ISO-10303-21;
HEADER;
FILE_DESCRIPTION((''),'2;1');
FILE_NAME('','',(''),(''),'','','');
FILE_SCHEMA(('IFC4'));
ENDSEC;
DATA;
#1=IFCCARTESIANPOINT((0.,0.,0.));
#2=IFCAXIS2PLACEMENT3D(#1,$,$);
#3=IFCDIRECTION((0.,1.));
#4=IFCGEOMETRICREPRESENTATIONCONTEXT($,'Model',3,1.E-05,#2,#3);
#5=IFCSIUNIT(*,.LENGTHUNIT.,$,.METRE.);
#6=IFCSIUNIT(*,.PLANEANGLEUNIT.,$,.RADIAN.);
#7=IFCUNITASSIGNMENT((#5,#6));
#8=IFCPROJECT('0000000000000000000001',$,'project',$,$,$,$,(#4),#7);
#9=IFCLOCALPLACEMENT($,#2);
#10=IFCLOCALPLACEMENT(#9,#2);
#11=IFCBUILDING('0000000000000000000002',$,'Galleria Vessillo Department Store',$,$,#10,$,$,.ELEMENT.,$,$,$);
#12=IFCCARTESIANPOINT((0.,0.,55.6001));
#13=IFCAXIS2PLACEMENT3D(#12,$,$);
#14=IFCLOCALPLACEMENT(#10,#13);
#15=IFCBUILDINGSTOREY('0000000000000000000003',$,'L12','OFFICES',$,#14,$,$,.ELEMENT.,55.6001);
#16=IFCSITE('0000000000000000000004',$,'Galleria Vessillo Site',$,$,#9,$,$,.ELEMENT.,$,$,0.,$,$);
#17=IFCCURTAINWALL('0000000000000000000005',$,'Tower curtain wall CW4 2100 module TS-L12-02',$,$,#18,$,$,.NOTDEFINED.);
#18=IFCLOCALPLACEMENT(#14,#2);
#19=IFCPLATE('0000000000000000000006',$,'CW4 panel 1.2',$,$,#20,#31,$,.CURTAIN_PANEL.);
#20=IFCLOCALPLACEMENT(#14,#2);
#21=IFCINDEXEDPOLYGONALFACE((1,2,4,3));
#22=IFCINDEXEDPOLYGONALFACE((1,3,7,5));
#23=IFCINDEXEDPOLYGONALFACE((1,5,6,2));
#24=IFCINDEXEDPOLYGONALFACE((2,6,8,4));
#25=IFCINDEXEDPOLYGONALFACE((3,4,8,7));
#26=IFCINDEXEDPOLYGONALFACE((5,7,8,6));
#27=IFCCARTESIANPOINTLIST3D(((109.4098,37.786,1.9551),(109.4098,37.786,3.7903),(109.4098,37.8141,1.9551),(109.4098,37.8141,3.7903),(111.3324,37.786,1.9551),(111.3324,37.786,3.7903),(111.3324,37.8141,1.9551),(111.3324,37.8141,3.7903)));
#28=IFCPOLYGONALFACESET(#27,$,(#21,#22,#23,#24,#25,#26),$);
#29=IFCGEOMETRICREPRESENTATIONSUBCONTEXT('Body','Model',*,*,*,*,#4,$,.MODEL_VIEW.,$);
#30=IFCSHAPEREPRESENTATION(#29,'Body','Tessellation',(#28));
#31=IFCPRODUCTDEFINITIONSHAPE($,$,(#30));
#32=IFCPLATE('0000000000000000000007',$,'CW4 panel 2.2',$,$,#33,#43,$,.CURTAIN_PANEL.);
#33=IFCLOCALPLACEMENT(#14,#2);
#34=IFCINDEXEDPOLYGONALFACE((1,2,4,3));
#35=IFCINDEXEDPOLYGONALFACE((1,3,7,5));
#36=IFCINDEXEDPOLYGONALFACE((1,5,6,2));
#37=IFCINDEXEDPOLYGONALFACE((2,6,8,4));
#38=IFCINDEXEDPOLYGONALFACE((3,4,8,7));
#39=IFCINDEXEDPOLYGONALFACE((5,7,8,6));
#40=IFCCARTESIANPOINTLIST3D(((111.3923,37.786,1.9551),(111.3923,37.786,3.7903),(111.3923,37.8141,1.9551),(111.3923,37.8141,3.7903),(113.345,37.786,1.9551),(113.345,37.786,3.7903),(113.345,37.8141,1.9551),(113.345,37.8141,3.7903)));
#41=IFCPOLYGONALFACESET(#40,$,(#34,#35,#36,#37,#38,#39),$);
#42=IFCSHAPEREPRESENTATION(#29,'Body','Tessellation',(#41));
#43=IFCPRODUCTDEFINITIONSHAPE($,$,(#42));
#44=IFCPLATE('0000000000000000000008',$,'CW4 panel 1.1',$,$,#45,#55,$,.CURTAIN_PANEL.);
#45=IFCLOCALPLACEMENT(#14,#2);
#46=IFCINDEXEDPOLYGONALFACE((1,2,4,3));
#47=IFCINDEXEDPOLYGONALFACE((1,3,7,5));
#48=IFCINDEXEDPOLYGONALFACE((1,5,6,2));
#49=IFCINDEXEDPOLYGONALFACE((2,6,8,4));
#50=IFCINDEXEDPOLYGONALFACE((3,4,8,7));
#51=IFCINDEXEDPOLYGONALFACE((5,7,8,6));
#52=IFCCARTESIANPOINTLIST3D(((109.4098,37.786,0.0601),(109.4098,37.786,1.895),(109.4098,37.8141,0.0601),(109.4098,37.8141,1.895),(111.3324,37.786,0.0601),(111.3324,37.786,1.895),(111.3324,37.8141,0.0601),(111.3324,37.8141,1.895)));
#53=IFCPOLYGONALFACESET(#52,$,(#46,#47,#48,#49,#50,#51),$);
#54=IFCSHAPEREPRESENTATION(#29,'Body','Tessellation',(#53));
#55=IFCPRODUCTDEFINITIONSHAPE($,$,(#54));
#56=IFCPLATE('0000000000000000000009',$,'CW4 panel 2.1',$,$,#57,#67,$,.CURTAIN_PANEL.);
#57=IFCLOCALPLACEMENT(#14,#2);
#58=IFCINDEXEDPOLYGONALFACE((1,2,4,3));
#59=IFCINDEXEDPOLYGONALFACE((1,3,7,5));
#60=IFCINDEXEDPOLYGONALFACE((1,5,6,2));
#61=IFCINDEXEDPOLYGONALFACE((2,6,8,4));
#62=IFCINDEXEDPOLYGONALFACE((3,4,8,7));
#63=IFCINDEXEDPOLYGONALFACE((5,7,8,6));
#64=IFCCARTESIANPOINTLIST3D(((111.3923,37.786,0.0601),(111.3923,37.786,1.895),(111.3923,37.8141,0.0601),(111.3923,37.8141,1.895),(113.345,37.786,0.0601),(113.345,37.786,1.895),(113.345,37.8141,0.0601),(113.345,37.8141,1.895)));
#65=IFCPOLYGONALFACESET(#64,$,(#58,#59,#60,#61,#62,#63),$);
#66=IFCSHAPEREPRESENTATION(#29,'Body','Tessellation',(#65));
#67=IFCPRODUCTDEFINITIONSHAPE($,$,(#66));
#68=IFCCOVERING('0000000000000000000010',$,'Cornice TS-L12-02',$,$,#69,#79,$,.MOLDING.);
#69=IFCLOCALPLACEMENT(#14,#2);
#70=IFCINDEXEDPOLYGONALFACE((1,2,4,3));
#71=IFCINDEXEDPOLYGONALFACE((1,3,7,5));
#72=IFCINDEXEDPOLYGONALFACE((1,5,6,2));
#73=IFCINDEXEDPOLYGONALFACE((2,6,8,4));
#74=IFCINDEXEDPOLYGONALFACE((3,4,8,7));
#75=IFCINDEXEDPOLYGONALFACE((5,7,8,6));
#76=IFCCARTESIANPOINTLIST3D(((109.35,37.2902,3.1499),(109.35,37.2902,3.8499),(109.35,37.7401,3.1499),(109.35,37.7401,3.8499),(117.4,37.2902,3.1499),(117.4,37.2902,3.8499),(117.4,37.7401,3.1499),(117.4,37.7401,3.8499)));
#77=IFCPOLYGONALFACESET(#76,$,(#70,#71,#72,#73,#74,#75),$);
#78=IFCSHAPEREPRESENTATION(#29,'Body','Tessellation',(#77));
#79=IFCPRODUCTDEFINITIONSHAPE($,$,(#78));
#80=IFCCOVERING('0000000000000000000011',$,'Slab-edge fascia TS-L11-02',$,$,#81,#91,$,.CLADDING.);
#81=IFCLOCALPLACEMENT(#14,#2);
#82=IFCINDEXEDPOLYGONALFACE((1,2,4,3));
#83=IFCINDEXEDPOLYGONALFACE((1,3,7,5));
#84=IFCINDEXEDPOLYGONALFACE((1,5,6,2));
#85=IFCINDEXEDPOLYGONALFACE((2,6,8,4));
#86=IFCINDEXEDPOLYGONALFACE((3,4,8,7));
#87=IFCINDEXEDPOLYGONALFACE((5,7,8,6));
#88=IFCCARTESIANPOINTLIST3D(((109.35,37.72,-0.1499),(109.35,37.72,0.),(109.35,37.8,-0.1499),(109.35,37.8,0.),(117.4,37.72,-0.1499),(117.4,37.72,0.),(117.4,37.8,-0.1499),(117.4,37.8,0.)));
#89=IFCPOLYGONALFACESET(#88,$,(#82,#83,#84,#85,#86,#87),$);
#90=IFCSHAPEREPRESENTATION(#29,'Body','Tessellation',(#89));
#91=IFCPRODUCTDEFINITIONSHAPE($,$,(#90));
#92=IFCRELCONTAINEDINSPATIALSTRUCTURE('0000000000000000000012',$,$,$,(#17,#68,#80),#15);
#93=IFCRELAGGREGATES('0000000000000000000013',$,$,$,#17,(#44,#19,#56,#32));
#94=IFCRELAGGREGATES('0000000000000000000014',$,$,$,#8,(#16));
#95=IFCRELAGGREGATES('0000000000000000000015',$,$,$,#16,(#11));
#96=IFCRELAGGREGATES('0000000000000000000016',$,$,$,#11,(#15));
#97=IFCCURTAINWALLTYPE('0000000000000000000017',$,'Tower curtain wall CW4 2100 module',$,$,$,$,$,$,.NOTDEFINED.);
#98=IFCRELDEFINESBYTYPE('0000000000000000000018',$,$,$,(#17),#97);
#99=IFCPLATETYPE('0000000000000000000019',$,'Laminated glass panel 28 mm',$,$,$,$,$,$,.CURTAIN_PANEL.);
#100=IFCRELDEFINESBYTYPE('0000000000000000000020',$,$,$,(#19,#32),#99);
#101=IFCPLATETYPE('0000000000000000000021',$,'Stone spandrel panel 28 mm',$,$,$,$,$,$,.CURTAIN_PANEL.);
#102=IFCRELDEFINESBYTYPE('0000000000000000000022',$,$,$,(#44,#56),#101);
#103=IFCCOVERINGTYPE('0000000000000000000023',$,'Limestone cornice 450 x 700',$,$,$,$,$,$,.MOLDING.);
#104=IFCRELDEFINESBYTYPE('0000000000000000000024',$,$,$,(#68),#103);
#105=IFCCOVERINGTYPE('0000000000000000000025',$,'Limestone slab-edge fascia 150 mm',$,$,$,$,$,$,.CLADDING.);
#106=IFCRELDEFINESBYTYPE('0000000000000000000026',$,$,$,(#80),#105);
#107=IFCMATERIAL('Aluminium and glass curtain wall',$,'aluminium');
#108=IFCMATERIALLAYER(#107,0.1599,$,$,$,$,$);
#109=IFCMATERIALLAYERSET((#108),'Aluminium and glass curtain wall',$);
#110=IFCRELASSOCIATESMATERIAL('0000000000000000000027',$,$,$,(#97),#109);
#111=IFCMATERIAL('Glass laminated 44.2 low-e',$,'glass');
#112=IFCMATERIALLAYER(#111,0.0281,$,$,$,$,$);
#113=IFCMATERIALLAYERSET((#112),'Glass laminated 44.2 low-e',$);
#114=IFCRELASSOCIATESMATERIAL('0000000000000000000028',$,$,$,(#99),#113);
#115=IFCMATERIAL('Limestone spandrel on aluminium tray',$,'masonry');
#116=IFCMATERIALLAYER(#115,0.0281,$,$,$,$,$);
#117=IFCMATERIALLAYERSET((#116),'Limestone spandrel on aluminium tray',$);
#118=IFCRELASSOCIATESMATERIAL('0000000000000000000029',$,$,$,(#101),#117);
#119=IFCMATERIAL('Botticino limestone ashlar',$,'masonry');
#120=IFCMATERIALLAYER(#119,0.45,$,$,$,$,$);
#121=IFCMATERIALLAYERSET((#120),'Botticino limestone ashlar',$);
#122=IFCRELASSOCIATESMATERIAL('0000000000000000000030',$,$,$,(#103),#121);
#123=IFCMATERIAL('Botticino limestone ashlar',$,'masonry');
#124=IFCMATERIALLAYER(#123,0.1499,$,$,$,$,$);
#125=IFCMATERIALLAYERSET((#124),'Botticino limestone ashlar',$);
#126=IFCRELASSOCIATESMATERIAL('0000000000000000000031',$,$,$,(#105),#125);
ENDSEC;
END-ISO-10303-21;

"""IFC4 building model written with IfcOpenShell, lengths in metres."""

from ifc_helpers import new_model, si_unit, direction, frame, origin, origin_2d, place, context, subcontext, project, spatial, rectangle, extrude, material, layer, layer_set, type_object, element, aggregate, save


model = new_model("IFC4")

# Units and contexts
model_context = context("Model", 3, precision=1e-05, world=origin(), true_north=direction((0.0, 1.0)))
body_context = subcontext(model_context, "Body", "Model", "MODEL_VIEW")
ifc_project = project(units=[si_unit("LENGTHUNIT", "METRE"), si_unit("PLANEANGLEUNIT", "RADIAN")], contexts=[model_context])

# Site, building, storey
site_placement = place(None, origin())
site = spatial("IfcSite", under=ifc_project, at=site_placement, Name="Galleria Vessillo Site", CompositionType="ELEMENT", RefElevation=0.0)
building_placement = place(site_placement, origin())
building = spatial("IfcBuilding", under=site, at=building_placement, Name="Galleria Vessillo Department Store", CompositionType="ELEMENT")
storey_placement = place(building_placement, frame((0.0, 0.0, 55.6001)))
storey = spatial("IfcBuildingStorey", under=building, at=storey_placement, Name="L12", Description="OFFICES", CompositionType="ELEMENT", Elevation=55.6001)

# Curtain wall
ifc_material_1 = material(Name="Aluminium and glass curtain wall", Category="aluminium")
ifc_layer_1 = layer(ifc_material_1, 0.1599)
ifc_layer_set_1 = layer_set([ifc_layer_1], Name="Aluminium and glass curtain wall")
curtain_wall_type = type_object("IfcCurtainWallType", Name="Tower curtain wall CW4 2100 module", PredefinedType="NOTDEFINED", material=ifc_layer_set_1)
curtain_wall_placement = place(storey_placement, origin())
curtain_wall = element("IfcCurtainWall", 1, at=curtain_wall_placement, inside=storey, type_object=curtain_wall_type, Name="Tower curtain wall CW4 2100 module TS-L12-02", PredefinedType="NOTDEFINED")

# Plates
ifc_material_2 = material(Name="Glass laminated 44.2 low-e", Category="glass")
ifc_layer_2 = layer(ifc_material_2, 0.0281)
ifc_layer_set_2 = layer_set([ifc_layer_2], Name="Glass laminated 44.2 low-e")
plate_type_1 = type_object("IfcPlateType", Name="Laminated glass panel 28 mm", PredefinedType="CURTAIN_PANEL", material=ifc_layer_set_2)
plate_1_placement = place(storey_placement, frame((110.3711, 37.8, 1.9551), z_axis=(0.0, 0.0, 1.0), x_axis=(1.0, 0.0, 0.0)))
plate_1 = element("IfcPlate", 2, at=plate_1_placement, type_object=plate_type_1, Name="CW4 panel 1.2", PredefinedType="CURTAIN_PANEL", context=body_context, shape_type="SweptSolid", body=[
    extrude(rectangle(XDim=1.9226, YDim=0.0281, at=origin_2d()), origin(), (0.0, 0.0, 1.0), 1.8352),
])
plate_2_placement = place(storey_placement, frame((112.3687, 37.8, 1.9551), z_axis=(0.0, 0.0, 1.0), x_axis=(1.0, 0.0, 0.0)))
plate_2 = element("IfcPlate", 3, at=plate_2_placement, type_object=plate_type_1, Name="CW4 panel 2.2", PredefinedType="CURTAIN_PANEL", context=body_context, shape_type="SweptSolid", body=[
    extrude(rectangle(XDim=1.9526, YDim=0.0281, at=origin_2d()), origin(), (0.0, 0.0, 1.0), 1.8352),
])
ifc_material_3 = material(Name="Limestone spandrel on aluminium tray", Category="masonry")
ifc_layer_3 = layer(ifc_material_3, 0.0281)
ifc_layer_set_3 = layer_set([ifc_layer_3], Name="Limestone spandrel on aluminium tray")
plate_type_2 = type_object("IfcPlateType", Name="Stone spandrel panel 28 mm", PredefinedType="CURTAIN_PANEL", material=ifc_layer_set_3)
plate_3_placement = place(storey_placement, frame((110.3711, 37.8, 0.0601), z_axis=(0.0, 0.0, 1.0), x_axis=(1.0, 0.0, 0.0)))
plate_3 = element("IfcPlate", 4, at=plate_3_placement, type_object=plate_type_2, Name="CW4 panel 1.1", PredefinedType="CURTAIN_PANEL", context=body_context, shape_type="SweptSolid", body=[
    extrude(rectangle(XDim=1.9226, YDim=0.0281, at=origin_2d()), origin(), (0.0, 0.0, 1.0), 1.835),
])
plate_4_placement = place(storey_placement, frame((112.3687, 37.8, 0.0601), z_axis=(0.0, 0.0, 1.0), x_axis=(1.0, 0.0, 0.0)))
plate_4 = element("IfcPlate", 5, at=plate_4_placement, type_object=plate_type_2, Name="CW4 panel 2.1", PredefinedType="CURTAIN_PANEL", context=body_context, shape_type="SweptSolid", body=[
    extrude(rectangle(XDim=1.9526, YDim=0.0281, at=origin_2d()), origin(), (0.0, 0.0, 1.0), 1.835),
])
aggregate(curtain_wall, [plate_3, plate_1, plate_4, plate_2])

# Coverings
ifc_material_4 = material(Name="Botticino limestone ashlar", Category="masonry")
ifc_layer_4 = layer(ifc_material_4, 0.45)
ifc_layer_set_4 = layer_set([ifc_layer_4], Name="Botticino limestone ashlar")
covering_type_1 = type_object("IfcCoveringType", Name="Limestone cornice 450 x 700", PredefinedType="MOLDING", material=ifc_layer_set_4)
covering_1_placement = place(storey_placement, frame((113.375, 37.5151, 3.1499), z_axis=(0.0, 0.0, 1.0), x_axis=(1.0, 0.0, 0.0)))
element("IfcCovering", 6, at=covering_1_placement, inside=storey, type_object=covering_type_1, Name="Cornice TS-L12-02", PredefinedType="MOLDING", context=body_context, shape_type="SweptSolid", body=[
    extrude(rectangle(XDim=8.05, YDim=0.45, at=origin_2d()), origin(), (0.0, 0.0, 1.0), 0.7),
])
ifc_material_5 = material(Name="Botticino limestone ashlar", Category="masonry")
ifc_layer_5 = layer(ifc_material_5, 0.1499)
ifc_layer_set_5 = layer_set([ifc_layer_5], Name="Botticino limestone ashlar")
covering_type_2 = type_object("IfcCoveringType", Name="Limestone slab-edge fascia 150 mm", PredefinedType="CLADDING", material=ifc_layer_set_5)
covering_2_placement = place(storey_placement, frame((113.375, 37.76, -0.1499), z_axis=(0.0, 0.0, 1.0), x_axis=(1.0, 0.0, 0.0)))
element("IfcCovering", 7, at=covering_2_placement, inside=storey, type_object=covering_type_2, Name="Slab-edge fascia TS-L11-02", PredefinedType="CLADDING", context=body_context, shape_type="SweptSolid", body=[
    extrude(rectangle(XDim=8.05, YDim=0.0801, at=origin_2d()), origin(), (0.0, 0.0, 1.0), 0.1499),
])

save(model, "model.ifc")
